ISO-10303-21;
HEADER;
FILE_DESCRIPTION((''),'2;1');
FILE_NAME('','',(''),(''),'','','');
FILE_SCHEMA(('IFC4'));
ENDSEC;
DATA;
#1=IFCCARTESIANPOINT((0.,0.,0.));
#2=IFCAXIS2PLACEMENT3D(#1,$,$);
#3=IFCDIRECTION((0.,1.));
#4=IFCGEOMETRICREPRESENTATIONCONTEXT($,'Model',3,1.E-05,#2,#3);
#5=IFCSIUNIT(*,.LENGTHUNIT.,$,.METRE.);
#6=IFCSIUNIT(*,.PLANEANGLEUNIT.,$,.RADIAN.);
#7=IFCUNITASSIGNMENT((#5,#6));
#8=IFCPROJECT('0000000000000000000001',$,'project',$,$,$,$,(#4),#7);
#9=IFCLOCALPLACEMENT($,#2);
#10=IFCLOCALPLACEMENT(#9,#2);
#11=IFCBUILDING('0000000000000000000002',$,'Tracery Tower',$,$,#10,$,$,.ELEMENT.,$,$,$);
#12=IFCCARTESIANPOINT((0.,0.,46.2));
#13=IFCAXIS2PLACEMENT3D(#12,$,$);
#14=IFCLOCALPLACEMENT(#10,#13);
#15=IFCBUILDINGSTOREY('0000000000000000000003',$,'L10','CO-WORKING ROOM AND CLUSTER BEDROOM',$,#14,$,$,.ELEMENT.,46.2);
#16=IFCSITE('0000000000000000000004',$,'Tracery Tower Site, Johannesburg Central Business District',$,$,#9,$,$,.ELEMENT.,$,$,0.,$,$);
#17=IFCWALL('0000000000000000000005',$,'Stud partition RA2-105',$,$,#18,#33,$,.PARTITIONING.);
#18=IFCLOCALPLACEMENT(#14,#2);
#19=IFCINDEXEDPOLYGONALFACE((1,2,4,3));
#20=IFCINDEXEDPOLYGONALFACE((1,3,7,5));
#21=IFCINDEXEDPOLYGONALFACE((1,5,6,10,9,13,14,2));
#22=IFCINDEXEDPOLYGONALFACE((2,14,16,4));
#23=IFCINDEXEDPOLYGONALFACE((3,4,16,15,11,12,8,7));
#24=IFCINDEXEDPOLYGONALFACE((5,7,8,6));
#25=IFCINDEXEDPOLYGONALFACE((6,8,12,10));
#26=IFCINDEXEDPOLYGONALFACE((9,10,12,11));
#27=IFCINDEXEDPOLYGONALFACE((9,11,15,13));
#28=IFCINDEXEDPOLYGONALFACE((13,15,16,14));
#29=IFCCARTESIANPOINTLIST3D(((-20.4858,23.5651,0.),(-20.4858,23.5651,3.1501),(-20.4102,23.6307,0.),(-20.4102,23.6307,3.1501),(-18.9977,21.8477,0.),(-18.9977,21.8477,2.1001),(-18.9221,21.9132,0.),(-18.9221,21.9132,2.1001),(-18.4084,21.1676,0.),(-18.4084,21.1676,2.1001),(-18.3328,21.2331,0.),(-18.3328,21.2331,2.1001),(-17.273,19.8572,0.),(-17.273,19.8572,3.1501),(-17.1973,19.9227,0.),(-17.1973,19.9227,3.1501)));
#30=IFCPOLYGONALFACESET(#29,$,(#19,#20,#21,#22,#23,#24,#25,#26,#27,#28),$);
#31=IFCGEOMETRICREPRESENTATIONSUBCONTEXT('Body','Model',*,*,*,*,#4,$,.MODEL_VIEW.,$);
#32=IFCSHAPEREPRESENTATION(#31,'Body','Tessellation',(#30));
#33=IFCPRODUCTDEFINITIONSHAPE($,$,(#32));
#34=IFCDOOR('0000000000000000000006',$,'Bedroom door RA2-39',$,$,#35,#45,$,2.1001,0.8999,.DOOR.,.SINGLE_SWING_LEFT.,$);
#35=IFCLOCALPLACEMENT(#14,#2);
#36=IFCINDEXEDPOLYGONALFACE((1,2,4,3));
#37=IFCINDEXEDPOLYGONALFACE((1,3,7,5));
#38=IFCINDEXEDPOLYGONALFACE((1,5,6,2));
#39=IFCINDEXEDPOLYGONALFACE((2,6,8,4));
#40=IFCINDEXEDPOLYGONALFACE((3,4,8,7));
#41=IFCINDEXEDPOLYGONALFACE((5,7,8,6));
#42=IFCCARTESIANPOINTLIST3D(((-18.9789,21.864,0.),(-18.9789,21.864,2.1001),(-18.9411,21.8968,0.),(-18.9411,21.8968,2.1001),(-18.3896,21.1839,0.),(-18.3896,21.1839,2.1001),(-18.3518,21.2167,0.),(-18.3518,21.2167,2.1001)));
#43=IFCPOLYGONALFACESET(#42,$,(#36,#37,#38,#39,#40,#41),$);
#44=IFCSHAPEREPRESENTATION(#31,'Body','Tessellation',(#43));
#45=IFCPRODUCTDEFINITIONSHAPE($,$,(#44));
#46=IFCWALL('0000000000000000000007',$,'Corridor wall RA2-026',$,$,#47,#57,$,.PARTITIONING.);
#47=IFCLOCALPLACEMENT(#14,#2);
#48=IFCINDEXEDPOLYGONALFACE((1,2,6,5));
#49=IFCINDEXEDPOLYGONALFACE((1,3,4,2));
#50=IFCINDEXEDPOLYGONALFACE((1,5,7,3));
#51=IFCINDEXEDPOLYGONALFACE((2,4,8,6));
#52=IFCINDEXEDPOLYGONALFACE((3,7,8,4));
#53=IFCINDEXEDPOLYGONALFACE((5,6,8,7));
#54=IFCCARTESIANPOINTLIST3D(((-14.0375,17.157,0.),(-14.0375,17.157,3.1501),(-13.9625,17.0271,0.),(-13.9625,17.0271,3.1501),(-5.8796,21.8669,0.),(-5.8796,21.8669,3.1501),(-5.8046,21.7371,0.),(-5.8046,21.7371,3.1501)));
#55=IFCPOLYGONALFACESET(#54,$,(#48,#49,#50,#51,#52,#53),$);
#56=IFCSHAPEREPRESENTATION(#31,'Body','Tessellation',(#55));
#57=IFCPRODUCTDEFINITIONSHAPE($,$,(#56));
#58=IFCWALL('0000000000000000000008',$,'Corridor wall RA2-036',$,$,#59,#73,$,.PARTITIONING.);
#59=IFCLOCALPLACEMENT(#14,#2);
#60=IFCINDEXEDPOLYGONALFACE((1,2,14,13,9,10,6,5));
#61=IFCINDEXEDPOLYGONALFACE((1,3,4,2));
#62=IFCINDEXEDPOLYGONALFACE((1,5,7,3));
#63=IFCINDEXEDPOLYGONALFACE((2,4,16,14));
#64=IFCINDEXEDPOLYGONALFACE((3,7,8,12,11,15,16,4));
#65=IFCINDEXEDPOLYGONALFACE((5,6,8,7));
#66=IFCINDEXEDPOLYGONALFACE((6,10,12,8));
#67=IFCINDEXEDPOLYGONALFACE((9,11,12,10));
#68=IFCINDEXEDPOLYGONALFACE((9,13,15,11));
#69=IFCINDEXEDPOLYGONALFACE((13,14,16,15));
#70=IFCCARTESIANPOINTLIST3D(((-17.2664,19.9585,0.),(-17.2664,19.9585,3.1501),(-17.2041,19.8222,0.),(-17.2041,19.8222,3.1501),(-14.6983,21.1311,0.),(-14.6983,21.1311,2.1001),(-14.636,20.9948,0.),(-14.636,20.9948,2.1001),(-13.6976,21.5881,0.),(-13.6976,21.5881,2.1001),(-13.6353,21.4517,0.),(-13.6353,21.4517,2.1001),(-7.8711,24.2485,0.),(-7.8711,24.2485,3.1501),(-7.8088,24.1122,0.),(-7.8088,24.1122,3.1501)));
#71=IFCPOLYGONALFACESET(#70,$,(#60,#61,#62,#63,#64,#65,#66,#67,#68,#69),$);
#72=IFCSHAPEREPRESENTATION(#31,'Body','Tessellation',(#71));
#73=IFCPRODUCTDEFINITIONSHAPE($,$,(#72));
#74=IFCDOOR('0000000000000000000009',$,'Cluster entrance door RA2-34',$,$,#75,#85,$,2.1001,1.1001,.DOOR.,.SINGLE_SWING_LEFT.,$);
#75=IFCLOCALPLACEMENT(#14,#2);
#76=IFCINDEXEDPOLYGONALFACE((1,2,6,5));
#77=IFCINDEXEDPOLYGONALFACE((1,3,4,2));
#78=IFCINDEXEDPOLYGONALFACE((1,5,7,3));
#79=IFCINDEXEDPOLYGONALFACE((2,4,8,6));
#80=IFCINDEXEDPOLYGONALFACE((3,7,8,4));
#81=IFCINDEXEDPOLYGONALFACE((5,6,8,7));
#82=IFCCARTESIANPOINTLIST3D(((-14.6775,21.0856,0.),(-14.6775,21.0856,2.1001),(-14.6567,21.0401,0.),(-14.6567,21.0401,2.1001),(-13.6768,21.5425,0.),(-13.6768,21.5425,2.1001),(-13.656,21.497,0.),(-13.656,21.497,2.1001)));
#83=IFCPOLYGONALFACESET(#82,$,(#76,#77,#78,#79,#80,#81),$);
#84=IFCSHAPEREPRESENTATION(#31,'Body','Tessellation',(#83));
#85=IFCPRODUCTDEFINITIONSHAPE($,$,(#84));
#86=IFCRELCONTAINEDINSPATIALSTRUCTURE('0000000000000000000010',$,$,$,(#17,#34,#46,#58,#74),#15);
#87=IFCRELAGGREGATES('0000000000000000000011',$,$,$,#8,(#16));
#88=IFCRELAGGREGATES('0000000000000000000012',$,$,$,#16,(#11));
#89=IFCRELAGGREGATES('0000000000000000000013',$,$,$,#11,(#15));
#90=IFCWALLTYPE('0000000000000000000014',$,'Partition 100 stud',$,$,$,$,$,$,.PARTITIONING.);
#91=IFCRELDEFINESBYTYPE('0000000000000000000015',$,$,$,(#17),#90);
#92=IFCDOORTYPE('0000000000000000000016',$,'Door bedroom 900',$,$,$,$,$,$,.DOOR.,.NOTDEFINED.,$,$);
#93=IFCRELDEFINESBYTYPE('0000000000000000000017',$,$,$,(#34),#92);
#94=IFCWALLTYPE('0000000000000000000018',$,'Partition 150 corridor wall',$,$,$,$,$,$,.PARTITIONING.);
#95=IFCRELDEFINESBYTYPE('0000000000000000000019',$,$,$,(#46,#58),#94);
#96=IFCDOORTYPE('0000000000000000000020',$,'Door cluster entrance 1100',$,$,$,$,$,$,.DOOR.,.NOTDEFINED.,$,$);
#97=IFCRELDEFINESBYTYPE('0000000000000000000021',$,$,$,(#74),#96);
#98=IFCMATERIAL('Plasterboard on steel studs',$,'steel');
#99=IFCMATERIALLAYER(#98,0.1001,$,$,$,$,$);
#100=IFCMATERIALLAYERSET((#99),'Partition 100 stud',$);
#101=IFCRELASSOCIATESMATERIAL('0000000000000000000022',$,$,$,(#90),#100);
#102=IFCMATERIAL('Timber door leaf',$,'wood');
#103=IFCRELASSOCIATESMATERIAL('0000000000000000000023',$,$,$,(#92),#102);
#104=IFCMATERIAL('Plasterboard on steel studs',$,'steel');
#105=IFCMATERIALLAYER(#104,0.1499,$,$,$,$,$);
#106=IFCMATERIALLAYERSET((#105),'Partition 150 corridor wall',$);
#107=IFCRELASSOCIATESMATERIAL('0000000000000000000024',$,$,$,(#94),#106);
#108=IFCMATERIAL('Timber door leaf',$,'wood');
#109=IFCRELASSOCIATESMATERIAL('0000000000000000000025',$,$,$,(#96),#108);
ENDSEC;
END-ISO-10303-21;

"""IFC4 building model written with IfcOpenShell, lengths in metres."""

from ifc_helpers import new_model, si_unit, direction, frame, frame_2d, origin, place, context, subcontext, project, spatial, rectangle, extrude, material, layer, layer_set, type_object, element, fill, save


model = new_model("IFC4")

# Units and contexts
model_context = context("Model", 3, precision=1e-05, world=origin(), true_north=direction((0.0, 1.0)))
body_context = subcontext(model_context, "Body", "Model", "MODEL_VIEW")
ifc_project = project(units=[si_unit("LENGTHUNIT", "METRE"), si_unit("PLANEANGLEUNIT", "RADIAN")], contexts=[model_context])

# Site, building, storey
site_placement = place(None, origin())
site = spatial("IfcSite", under=ifc_project, at=site_placement, Name="Tracery Tower Site, Johannesburg Central Business District", CompositionType="ELEMENT", RefElevation=0.0)
building_placement = place(site_placement, origin())
building = spatial("IfcBuilding", under=site, at=building_placement, Name="Tracery Tower", CompositionType="ELEMENT")
storey_placement = place(building_placement, frame((0.0, 0.0, 46.2)))
storey = spatial("IfcBuildingStorey", under=building, at=storey_placement, Name="L10", Description="CO-WORKING ROOM AND CLUSTER BEDROOM", CompositionType="ELEMENT", Elevation=46.2)

# Wall, opening, door
ifc_material_1 = material(Name="Plasterboard on steel studs", Category="steel")
ifc_layer_1 = layer(ifc_material_1, 0.1001)
ifc_layer_set_1 = layer_set([ifc_layer_1], Name="Partition 100 stud")
wall_type_1 = type_object("IfcWallType", Name="Partition 100 stud", PredefinedType="PARTITIONING", material=ifc_layer_set_1)
wall_1_placement = place(storey_placement, frame((-20.448, 23.5979, 0.0), z_axis=(0.0, 0.0, 1.0), x_axis=(0.654847, -0.755761, 0.0)))
wall_1 = element("IfcWall", 1, at=wall_1_placement, inside=storey, type_object=wall_type_1, Name="Stud partition RA2-105", PredefinedType="PARTITIONING", context=body_context, shape_type="SweptSolid", body=[
    extrude(rectangle(XDim=4.9062, YDim=0.1001, at=frame_2d((2.4531, 0.0))), origin(), (0.0, 0.0, 1.0), 3.1501),
])
opening_1_placement = place(wall_1_placement, frame((2.2725, 0.0, 0.0)))
opening_1 = element("IfcOpeningElement", 2, at=opening_1_placement, cuts=wall_1, PredefinedType="OPENING", context=body_context, shape_type="SweptSolid", body=[
    extrude(rectangle(XDim=0.8999, YDim=2.1001, at=frame_2d((0.45, 1.05))), frame((0.0, 0.05, 0.0), z_axis=(0.0, -1.0, 0.0), x_axis=(1.0, 0.0, 0.0)), (0.0, 0.0, 1.0), 0.1001),
])
ifc_material_2 = material(Name="Timber door leaf", Category="wood")
door_type_1 = type_object("IfcDoorType", Name="Door bedroom 900", OperationType="NOTDEFINED", PredefinedType="DOOR", material=ifc_material_2)
door_1_placement = place(opening_1_placement, origin())
door_1 = element("IfcDoor", 3, at=door_1_placement, inside=storey, type_object=door_type_1, Name="Bedroom door RA2-39", OperationType="SINGLE_SWING_LEFT", OverallHeight=2.1001, OverallWidth=0.8999, PredefinedType="DOOR", context=body_context, shape_type="SweptSolid", body=[
    extrude(rectangle(XDim=0.8999, YDim=2.1001, at=frame_2d((0.45, 1.05))), frame((0.0, 0.0249, 0.0), z_axis=(0.0, -1.0, 0.0), x_axis=(1.0, 0.0, 0.0)), (0.0, 0.0, 1.0), 0.05),
])
fill(opening_1, door_1)

# Wall
ifc_material_3 = material(Name="Plasterboard on steel studs", Category="steel")
ifc_layer_2 = layer(ifc_material_3, 0.1499)
ifc_layer_set_2 = layer_set([ifc_layer_2], Name="Partition 150 corridor wall")
wall_type_2 = type_object("IfcWallType", Name="Partition 150 corridor wall", PredefinedType="PARTITIONING", material=ifc_layer_set_2)
wall_2_placement = place(storey_placement, frame((-14.0, 17.092, 0.0), z_axis=(0.0, 0.0, 1.0), x_axis=(0.866027, 0.499997, 0.0)))
element("IfcWall", 4, at=wall_2_placement, inside=storey, type_object=wall_type_2, Name="Corridor wall RA2-026", PredefinedType="PARTITIONING", context=body_context, shape_type="SweptSolid", body=[
    extrude(rectangle(XDim=9.4199, YDim=0.1499, at=frame_2d((4.71, 0.0))), origin(), (0.0, 0.0, 1.0), 3.1501),
])

# Wall, opening, door
wall_3_placement = place(storey_placement, frame((-17.2351, 19.8904, 0.0), z_axis=(0.0, 0.0, 1.0), x_axis=(0.909655, 0.415364, 0.0)))
wall_3 = element("IfcWall", 5, at=wall_3_placement, inside=storey, type_object=wall_type_2, Name="Corridor wall RA2-036", PredefinedType="PARTITIONING", context=body_context, shape_type="SweptSolid", body=[
    extrude(rectangle(XDim=10.3284, YDim=0.1499, at=frame_2d((5.1641, 0.0))), origin(), (0.0, 0.0, 1.0), 3.1501),
])
opening_2_placement = place(wall_3_placement, frame((2.823, 0.0, 0.0)))
opening_2 = element("IfcOpeningElement", 6, at=opening_2_placement, cuts=wall_3, PredefinedType="OPENING", context=body_context, shape_type="SweptSolid", body=[
    extrude(rectangle(XDim=1.1001, YDim=2.1001, at=frame_2d((0.55, 1.05))), frame((0.0, 0.075, 0.0), z_axis=(0.0, -1.0, 0.0), x_axis=(1.0, 0.0, 0.0)), (0.0, 0.0, 1.0), 0.1499),
])
ifc_material_4 = material(Name="Timber door leaf", Category="wood")
door_type_2 = type_object("IfcDoorType", Name="Door cluster entrance 1100", OperationType="NOTDEFINED", PredefinedType="DOOR", material=ifc_material_4)
door_2_placement = place(opening_2_placement, origin())
door_2 = element("IfcDoor", 7, at=door_2_placement, inside=storey, type_object=door_type_2, Name="Cluster entrance door RA2-34", OperationType="SINGLE_SWING_LEFT", OverallHeight=2.1001, OverallWidth=1.1001, PredefinedType="DOOR", context=body_context, shape_type="SweptSolid", body=[
    extrude(rectangle(XDim=1.1001, YDim=2.1001, at=frame_2d((0.55, 1.05))), frame((0.0, 0.0249, 0.0), z_axis=(0.0, -1.0, 0.0), x_axis=(1.0, 0.0, 0.0)), (0.0, 0.0, 1.0), 0.05),
])
fill(opening_2, door_2)

save(model, "model.ifc")
